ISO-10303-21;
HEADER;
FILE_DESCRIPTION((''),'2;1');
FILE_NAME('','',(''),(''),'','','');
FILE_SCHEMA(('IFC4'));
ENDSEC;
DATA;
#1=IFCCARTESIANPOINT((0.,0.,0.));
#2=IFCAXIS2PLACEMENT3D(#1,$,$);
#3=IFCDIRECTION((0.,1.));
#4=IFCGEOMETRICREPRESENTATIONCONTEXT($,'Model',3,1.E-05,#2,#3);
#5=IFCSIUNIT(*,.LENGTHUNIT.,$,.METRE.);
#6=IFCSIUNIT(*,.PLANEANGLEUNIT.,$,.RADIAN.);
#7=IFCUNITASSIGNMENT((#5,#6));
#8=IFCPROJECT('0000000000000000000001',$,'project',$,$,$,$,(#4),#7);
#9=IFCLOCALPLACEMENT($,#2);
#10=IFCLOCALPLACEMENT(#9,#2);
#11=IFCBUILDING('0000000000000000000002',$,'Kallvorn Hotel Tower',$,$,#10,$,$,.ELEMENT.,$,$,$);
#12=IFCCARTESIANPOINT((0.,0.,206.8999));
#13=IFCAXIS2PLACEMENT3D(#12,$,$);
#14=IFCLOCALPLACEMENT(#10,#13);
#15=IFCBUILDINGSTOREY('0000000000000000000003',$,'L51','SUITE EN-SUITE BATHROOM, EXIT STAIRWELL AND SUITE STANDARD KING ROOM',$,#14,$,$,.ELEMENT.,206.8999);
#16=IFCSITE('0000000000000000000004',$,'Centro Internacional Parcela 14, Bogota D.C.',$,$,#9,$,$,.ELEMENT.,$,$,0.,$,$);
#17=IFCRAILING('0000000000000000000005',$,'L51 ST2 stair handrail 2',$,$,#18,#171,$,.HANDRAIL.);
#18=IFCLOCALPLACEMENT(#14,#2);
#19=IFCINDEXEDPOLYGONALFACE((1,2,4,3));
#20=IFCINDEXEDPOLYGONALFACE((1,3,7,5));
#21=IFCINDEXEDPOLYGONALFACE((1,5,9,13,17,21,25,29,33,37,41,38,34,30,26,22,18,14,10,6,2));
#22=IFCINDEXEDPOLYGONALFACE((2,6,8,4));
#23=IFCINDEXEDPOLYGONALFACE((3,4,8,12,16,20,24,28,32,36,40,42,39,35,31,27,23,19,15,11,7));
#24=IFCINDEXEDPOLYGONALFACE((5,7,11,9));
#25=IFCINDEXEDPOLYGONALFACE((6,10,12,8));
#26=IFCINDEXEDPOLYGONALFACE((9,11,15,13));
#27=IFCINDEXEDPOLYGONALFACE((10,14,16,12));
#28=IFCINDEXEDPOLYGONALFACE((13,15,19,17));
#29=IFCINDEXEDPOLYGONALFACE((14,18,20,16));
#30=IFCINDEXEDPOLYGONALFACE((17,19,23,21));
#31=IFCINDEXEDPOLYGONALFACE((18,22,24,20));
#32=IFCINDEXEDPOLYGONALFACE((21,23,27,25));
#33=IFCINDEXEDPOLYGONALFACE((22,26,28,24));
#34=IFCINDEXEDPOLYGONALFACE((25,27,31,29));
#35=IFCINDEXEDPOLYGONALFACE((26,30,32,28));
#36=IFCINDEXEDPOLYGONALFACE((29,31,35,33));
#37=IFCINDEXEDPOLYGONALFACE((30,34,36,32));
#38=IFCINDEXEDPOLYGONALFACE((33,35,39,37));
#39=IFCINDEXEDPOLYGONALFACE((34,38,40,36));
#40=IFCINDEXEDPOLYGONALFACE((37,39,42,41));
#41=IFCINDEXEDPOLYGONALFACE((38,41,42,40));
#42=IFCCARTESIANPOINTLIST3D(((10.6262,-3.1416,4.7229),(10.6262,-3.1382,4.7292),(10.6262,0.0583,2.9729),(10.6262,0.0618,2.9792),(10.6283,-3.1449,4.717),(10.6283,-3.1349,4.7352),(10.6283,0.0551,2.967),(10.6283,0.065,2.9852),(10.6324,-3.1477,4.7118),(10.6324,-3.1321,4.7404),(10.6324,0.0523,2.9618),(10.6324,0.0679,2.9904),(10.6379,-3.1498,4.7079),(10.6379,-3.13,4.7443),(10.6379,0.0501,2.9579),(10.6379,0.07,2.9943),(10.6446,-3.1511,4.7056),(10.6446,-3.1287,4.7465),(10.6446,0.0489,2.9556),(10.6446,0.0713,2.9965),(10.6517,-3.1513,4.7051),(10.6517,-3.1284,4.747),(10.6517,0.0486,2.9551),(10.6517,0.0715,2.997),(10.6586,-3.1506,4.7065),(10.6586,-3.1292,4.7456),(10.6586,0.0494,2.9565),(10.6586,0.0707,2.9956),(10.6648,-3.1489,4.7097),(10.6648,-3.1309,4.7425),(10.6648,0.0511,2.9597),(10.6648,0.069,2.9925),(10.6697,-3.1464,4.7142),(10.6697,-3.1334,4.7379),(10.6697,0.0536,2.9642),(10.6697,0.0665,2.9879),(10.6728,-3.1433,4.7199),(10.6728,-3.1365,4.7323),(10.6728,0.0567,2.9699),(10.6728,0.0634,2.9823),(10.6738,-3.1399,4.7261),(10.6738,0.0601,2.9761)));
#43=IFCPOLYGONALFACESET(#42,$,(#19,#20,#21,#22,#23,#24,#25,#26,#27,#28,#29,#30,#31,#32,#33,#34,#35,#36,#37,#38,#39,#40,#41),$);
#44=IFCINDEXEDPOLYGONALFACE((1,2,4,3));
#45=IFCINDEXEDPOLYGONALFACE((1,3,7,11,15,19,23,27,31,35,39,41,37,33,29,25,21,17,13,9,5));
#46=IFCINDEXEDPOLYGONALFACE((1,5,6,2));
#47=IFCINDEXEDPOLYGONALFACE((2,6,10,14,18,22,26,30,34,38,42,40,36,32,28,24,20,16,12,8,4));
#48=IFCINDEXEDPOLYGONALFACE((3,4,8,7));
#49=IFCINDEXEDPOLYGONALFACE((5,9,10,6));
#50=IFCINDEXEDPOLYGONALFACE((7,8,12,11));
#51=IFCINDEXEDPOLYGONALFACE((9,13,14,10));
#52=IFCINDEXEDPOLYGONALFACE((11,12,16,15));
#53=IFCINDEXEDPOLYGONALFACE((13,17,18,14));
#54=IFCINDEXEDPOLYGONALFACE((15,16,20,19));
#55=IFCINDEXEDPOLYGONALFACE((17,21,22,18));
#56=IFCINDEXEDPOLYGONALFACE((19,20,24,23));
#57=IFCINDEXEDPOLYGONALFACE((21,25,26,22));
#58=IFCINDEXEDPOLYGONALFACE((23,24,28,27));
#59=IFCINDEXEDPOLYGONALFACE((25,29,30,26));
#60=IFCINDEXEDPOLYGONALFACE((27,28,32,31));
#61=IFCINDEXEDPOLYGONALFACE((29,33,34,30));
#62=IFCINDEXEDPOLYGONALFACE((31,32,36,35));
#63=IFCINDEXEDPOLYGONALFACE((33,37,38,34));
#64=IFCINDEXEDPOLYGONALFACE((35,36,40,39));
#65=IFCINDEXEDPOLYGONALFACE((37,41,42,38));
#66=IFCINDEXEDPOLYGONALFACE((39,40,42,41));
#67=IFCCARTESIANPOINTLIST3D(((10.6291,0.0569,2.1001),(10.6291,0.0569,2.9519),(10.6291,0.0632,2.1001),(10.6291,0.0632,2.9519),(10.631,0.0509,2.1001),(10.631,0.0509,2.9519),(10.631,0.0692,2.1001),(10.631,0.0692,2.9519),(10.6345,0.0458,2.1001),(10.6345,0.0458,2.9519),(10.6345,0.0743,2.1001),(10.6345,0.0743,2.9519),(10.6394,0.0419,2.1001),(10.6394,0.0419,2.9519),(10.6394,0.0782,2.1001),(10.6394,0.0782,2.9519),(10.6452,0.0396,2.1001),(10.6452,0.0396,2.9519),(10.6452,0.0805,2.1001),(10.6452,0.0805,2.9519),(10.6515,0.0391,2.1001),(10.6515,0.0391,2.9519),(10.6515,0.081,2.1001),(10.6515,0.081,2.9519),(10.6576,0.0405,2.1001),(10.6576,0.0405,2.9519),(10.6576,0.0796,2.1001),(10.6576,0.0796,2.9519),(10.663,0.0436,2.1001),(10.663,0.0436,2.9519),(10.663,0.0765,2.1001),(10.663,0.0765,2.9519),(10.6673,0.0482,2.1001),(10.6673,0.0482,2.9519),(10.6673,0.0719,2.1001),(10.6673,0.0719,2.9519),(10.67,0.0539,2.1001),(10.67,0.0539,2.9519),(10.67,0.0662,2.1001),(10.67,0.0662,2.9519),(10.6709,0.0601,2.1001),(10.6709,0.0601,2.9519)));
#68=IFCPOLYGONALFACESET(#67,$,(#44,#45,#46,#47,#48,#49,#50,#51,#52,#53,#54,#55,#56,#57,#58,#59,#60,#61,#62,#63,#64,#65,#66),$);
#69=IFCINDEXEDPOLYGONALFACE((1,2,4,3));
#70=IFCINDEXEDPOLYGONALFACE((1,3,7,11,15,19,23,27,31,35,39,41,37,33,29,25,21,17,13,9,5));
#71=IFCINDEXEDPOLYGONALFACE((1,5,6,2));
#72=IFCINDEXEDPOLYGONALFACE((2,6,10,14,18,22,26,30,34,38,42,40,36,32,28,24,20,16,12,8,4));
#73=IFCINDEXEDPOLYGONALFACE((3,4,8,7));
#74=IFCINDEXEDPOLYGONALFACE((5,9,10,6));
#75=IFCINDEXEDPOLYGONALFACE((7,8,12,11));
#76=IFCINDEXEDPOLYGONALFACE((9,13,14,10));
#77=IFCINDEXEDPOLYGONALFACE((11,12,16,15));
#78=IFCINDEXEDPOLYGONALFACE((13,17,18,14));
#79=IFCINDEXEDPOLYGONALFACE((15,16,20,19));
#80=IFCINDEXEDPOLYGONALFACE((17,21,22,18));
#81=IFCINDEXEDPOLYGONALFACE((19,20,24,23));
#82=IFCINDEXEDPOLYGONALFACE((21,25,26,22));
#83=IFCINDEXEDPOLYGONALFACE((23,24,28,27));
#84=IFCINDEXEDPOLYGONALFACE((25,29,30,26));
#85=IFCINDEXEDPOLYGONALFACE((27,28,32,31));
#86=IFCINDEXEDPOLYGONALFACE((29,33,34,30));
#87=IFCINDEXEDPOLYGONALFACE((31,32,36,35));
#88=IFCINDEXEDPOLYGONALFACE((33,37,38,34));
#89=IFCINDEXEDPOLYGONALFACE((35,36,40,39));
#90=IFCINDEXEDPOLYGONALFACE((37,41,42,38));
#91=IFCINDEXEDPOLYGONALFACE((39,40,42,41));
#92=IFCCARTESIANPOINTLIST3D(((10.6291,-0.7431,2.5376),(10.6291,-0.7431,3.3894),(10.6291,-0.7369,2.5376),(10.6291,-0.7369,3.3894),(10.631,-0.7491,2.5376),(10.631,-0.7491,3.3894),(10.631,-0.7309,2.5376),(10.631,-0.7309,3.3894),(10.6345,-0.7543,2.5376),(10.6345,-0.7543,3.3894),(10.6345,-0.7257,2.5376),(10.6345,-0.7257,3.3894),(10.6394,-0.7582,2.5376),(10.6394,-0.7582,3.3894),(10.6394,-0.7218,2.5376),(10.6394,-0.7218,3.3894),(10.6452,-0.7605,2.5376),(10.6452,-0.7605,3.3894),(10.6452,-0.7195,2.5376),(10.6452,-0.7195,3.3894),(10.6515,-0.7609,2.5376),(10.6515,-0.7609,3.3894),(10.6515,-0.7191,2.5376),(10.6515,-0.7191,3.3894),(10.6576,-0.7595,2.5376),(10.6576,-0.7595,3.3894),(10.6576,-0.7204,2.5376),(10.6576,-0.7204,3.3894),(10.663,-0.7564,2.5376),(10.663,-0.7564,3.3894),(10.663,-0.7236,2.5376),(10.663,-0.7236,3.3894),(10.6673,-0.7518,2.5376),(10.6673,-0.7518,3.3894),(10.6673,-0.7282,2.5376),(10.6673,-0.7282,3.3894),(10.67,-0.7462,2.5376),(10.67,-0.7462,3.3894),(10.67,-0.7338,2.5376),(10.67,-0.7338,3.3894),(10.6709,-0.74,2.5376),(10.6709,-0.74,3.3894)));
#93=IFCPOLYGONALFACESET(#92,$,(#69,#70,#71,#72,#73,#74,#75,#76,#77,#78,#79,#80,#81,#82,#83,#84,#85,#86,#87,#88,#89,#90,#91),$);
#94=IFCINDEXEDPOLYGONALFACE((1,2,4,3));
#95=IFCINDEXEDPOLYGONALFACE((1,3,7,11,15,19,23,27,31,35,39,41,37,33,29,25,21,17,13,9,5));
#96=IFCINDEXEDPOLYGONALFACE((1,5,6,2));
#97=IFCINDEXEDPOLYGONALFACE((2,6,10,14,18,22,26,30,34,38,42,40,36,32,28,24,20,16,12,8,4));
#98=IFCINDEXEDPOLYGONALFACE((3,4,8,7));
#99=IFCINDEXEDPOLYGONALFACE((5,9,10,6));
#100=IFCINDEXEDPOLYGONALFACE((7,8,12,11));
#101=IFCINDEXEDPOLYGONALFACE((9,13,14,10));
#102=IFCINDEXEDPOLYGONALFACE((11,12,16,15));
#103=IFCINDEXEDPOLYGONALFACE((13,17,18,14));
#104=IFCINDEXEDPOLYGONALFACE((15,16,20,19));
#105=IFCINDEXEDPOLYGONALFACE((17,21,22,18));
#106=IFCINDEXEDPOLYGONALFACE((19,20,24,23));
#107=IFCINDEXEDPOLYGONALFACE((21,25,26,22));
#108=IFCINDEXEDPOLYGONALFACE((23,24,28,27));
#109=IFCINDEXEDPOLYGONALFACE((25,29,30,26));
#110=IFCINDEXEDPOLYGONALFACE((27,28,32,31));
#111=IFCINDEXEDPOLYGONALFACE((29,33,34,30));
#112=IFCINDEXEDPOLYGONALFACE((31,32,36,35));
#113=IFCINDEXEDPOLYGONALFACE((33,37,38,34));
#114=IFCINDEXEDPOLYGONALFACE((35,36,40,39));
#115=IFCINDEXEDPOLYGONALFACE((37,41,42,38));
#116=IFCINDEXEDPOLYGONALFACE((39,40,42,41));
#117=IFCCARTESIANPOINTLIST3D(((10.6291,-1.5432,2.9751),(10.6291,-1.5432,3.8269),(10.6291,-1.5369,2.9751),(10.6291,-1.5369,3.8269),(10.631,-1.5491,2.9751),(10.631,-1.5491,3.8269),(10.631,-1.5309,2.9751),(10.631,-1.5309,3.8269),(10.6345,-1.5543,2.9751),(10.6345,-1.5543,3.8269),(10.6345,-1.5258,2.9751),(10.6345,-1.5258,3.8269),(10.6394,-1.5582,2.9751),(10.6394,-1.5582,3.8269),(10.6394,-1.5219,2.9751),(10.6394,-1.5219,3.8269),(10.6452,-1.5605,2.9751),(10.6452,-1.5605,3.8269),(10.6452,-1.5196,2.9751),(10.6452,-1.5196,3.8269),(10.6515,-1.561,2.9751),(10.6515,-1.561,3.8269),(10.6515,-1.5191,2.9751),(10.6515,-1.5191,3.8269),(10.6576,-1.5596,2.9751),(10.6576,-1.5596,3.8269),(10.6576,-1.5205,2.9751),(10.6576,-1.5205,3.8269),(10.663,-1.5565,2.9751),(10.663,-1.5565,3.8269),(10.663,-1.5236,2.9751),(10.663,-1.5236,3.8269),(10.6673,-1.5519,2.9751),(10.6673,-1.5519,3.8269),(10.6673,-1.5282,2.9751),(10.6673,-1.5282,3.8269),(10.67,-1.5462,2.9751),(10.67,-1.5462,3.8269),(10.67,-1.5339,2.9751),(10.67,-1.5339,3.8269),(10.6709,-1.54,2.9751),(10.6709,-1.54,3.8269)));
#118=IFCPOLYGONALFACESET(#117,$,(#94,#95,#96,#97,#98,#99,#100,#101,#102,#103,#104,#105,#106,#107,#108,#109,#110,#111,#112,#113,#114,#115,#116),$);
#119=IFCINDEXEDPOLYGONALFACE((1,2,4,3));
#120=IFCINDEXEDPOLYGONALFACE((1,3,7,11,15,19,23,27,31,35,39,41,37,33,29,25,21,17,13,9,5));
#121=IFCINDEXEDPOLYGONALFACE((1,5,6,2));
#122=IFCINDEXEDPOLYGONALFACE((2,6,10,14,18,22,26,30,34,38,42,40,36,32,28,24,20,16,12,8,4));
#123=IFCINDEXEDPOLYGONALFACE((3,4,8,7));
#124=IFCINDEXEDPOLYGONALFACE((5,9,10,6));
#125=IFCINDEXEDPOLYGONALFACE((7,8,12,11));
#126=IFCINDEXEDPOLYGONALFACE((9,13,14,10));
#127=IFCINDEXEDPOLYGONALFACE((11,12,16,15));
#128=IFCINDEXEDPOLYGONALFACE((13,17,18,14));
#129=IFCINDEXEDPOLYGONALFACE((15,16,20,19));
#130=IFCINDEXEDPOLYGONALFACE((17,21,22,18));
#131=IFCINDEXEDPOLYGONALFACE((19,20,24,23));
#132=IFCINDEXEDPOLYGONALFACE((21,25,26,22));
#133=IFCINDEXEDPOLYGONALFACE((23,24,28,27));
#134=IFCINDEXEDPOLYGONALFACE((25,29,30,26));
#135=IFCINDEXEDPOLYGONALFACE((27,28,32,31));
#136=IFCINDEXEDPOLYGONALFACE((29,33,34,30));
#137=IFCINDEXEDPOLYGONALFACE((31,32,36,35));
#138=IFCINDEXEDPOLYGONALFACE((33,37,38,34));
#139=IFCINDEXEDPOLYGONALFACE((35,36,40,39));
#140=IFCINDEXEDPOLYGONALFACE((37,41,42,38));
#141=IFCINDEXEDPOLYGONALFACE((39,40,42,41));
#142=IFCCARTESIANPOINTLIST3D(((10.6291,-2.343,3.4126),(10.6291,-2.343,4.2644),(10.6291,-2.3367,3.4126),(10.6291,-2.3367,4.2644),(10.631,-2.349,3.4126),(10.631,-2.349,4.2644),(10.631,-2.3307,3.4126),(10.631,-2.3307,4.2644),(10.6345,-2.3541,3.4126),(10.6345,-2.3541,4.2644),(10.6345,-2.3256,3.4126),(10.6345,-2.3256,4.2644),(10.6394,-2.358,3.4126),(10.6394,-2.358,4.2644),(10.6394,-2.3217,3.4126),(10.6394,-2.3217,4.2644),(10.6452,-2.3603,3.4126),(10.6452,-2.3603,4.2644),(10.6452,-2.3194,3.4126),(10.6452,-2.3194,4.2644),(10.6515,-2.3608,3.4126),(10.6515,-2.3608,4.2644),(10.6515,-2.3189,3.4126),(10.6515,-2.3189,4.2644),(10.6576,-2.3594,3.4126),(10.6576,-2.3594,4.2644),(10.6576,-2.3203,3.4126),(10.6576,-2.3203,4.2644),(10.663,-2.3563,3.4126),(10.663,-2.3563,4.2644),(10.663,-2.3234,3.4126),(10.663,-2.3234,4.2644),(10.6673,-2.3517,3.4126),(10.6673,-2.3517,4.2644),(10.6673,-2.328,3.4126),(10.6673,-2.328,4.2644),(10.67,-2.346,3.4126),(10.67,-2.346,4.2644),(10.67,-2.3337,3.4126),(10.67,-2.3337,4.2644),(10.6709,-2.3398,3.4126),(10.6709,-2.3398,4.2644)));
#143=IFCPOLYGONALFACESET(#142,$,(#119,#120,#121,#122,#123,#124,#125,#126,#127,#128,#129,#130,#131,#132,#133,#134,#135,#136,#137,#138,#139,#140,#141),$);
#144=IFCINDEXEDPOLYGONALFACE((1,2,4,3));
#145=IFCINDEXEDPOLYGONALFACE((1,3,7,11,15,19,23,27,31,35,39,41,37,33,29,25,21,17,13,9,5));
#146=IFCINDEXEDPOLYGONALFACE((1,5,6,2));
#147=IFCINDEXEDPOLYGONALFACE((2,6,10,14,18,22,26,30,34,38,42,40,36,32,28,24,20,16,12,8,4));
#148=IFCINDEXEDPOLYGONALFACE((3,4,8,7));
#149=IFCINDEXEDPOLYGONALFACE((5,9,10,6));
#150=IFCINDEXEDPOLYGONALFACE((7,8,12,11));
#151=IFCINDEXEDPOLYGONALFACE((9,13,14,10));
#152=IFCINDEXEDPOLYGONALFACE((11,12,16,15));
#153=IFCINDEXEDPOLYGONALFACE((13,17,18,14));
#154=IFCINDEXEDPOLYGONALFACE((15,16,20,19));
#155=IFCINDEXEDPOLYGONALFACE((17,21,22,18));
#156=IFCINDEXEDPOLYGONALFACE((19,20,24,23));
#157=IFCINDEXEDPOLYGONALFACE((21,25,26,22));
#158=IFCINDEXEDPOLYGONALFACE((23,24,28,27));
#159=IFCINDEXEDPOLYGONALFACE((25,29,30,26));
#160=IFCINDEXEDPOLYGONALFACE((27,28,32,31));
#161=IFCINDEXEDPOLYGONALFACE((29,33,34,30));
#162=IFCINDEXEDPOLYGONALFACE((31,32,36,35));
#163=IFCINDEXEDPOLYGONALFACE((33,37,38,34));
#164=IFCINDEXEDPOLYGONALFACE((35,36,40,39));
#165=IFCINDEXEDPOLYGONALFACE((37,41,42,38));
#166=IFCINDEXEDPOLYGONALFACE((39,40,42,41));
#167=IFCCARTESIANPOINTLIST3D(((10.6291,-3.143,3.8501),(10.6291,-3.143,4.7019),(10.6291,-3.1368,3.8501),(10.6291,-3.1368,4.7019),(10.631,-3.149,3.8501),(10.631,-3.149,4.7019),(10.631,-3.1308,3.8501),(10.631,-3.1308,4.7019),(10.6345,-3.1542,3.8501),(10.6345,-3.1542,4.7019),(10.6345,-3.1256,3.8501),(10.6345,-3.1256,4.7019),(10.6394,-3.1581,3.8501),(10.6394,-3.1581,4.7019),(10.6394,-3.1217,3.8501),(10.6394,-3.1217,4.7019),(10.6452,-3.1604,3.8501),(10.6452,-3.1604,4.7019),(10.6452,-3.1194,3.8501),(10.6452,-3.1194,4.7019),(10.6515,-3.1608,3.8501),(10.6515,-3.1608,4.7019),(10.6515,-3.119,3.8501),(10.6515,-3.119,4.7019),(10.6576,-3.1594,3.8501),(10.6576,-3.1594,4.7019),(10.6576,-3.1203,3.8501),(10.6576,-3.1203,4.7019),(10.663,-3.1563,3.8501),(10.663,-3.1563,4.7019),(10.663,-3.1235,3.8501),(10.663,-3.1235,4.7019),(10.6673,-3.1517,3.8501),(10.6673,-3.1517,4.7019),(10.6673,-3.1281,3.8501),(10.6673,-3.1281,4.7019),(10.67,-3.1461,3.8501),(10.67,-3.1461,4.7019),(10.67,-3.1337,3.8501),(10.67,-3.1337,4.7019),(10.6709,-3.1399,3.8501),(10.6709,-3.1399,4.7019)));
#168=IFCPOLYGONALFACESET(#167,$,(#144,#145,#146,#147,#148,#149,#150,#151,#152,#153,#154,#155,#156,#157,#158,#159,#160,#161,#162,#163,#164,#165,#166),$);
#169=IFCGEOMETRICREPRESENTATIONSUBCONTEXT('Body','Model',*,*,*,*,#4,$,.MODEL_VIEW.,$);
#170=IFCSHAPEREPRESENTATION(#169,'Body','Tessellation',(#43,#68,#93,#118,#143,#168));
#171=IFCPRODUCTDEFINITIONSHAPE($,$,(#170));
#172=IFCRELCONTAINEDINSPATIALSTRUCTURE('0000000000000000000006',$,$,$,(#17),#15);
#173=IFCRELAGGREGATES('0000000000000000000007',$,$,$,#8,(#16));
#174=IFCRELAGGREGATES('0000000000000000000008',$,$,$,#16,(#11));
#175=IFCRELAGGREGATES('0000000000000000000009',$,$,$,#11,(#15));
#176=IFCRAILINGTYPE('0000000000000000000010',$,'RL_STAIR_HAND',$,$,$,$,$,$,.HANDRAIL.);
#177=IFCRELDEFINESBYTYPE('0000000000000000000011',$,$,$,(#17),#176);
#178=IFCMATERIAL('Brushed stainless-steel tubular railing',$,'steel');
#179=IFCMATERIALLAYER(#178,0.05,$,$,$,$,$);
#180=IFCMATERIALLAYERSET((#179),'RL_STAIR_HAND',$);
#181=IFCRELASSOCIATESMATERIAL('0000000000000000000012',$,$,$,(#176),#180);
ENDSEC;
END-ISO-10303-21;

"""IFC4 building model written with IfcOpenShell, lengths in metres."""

from ifc_helpers import new_model, si_unit, direction, frame, origin, origin_2d, place, context, subcontext, project, spatial, circle, extrude, material, layer, layer_set, type_object, element, save


model = new_model("IFC4")

# Units and contexts
model_context = context("Model", 3, precision=1e-05, world=origin(), true_north=direction((0.0, 1.0)))
body_context = subcontext(model_context, "Body", "Model", "MODEL_VIEW")
ifc_project = project(units=[si_unit("LENGTHUNIT", "METRE"), si_unit("PLANEANGLEUNIT", "RADIAN")], contexts=[model_context])

# Site, building, storey
site_placement = place(None, origin())
site = spatial("IfcSite", under=ifc_project, at=site_placement, Name="Centro Internacional Parcela 14, Bogota D.C.", CompositionType="ELEMENT", RefElevation=0.0)
building_placement = place(site_placement, origin())
building = spatial("IfcBuilding", under=site, at=building_placement, Name="Kallvorn Hotel Tower", CompositionType="ELEMENT")
storey_placement = place(building_placement, frame((0.0, 0.0, 206.8999)))
storey = spatial("IfcBuildingStorey", under=building, at=storey_placement, Name="L51", Description="SUITE EN-SUITE BATHROOM, EXIT STAIRWELL AND SUITE STANDARD KING ROOM", CompositionType="ELEMENT", Elevation=206.8999)

# Railing
ifc_material_1 = material(Name="Brushed stainless-steel tubular railing", Category="steel")
ifc_layer_1 = layer(ifc_material_1, 0.05)
ifc_layer_set_1 = layer_set([ifc_layer_1], Name="RL_STAIR_HAND")
railing_type_1 = type_object("IfcRailingType", Name="RL_STAIR_HAND", PredefinedType="HANDRAIL", material=ifc_layer_set_1)
railing_1_placement = place(storey_placement, frame((10.6499, 0.0601, 2.1001)))
element("IfcRailing", 1, at=railing_1_placement, inside=storey, type_object=railing_type_1, Name="L51 ST2 stair handrail 2", PredefinedType="HANDRAIL", context=body_context, shape_type="SweptSolid", body=[
    extrude(circle(Radius=0.0239, at=origin_2d()), frame((0.0, 0.0, 0.876), z_axis=(0.0, -0.877368, 0.479818), x_axis=(1.0, 0.0, 0.0)), (0.0, 0.0, 1.0), 3.6472),
    extrude(circle(Radius=0.021, at=origin_2d()), origin(), (0.0, 0.0, 1.0), 0.8518),
    extrude(circle(Radius=0.021, at=origin_2d()), frame((0.0, -0.8, 0.4375)), (0.0, 0.0, 1.0), 0.8518),
    extrude(circle(Radius=0.021, at=origin_2d()), frame((0.0, -1.6001, 0.875)), (0.0, 0.0, 1.0), 0.8518),
    extrude(circle(Radius=0.021, at=origin_2d()), frame((0.0, -2.3999, 1.3125)), (0.0, 0.0, 1.0), 0.8518),
    extrude(circle(Radius=0.021, at=origin_2d()), frame((0.0, -3.2, 1.75)), (0.0, 0.0, 1.0), 0.8518),
])

save(model, "model.ifc")
